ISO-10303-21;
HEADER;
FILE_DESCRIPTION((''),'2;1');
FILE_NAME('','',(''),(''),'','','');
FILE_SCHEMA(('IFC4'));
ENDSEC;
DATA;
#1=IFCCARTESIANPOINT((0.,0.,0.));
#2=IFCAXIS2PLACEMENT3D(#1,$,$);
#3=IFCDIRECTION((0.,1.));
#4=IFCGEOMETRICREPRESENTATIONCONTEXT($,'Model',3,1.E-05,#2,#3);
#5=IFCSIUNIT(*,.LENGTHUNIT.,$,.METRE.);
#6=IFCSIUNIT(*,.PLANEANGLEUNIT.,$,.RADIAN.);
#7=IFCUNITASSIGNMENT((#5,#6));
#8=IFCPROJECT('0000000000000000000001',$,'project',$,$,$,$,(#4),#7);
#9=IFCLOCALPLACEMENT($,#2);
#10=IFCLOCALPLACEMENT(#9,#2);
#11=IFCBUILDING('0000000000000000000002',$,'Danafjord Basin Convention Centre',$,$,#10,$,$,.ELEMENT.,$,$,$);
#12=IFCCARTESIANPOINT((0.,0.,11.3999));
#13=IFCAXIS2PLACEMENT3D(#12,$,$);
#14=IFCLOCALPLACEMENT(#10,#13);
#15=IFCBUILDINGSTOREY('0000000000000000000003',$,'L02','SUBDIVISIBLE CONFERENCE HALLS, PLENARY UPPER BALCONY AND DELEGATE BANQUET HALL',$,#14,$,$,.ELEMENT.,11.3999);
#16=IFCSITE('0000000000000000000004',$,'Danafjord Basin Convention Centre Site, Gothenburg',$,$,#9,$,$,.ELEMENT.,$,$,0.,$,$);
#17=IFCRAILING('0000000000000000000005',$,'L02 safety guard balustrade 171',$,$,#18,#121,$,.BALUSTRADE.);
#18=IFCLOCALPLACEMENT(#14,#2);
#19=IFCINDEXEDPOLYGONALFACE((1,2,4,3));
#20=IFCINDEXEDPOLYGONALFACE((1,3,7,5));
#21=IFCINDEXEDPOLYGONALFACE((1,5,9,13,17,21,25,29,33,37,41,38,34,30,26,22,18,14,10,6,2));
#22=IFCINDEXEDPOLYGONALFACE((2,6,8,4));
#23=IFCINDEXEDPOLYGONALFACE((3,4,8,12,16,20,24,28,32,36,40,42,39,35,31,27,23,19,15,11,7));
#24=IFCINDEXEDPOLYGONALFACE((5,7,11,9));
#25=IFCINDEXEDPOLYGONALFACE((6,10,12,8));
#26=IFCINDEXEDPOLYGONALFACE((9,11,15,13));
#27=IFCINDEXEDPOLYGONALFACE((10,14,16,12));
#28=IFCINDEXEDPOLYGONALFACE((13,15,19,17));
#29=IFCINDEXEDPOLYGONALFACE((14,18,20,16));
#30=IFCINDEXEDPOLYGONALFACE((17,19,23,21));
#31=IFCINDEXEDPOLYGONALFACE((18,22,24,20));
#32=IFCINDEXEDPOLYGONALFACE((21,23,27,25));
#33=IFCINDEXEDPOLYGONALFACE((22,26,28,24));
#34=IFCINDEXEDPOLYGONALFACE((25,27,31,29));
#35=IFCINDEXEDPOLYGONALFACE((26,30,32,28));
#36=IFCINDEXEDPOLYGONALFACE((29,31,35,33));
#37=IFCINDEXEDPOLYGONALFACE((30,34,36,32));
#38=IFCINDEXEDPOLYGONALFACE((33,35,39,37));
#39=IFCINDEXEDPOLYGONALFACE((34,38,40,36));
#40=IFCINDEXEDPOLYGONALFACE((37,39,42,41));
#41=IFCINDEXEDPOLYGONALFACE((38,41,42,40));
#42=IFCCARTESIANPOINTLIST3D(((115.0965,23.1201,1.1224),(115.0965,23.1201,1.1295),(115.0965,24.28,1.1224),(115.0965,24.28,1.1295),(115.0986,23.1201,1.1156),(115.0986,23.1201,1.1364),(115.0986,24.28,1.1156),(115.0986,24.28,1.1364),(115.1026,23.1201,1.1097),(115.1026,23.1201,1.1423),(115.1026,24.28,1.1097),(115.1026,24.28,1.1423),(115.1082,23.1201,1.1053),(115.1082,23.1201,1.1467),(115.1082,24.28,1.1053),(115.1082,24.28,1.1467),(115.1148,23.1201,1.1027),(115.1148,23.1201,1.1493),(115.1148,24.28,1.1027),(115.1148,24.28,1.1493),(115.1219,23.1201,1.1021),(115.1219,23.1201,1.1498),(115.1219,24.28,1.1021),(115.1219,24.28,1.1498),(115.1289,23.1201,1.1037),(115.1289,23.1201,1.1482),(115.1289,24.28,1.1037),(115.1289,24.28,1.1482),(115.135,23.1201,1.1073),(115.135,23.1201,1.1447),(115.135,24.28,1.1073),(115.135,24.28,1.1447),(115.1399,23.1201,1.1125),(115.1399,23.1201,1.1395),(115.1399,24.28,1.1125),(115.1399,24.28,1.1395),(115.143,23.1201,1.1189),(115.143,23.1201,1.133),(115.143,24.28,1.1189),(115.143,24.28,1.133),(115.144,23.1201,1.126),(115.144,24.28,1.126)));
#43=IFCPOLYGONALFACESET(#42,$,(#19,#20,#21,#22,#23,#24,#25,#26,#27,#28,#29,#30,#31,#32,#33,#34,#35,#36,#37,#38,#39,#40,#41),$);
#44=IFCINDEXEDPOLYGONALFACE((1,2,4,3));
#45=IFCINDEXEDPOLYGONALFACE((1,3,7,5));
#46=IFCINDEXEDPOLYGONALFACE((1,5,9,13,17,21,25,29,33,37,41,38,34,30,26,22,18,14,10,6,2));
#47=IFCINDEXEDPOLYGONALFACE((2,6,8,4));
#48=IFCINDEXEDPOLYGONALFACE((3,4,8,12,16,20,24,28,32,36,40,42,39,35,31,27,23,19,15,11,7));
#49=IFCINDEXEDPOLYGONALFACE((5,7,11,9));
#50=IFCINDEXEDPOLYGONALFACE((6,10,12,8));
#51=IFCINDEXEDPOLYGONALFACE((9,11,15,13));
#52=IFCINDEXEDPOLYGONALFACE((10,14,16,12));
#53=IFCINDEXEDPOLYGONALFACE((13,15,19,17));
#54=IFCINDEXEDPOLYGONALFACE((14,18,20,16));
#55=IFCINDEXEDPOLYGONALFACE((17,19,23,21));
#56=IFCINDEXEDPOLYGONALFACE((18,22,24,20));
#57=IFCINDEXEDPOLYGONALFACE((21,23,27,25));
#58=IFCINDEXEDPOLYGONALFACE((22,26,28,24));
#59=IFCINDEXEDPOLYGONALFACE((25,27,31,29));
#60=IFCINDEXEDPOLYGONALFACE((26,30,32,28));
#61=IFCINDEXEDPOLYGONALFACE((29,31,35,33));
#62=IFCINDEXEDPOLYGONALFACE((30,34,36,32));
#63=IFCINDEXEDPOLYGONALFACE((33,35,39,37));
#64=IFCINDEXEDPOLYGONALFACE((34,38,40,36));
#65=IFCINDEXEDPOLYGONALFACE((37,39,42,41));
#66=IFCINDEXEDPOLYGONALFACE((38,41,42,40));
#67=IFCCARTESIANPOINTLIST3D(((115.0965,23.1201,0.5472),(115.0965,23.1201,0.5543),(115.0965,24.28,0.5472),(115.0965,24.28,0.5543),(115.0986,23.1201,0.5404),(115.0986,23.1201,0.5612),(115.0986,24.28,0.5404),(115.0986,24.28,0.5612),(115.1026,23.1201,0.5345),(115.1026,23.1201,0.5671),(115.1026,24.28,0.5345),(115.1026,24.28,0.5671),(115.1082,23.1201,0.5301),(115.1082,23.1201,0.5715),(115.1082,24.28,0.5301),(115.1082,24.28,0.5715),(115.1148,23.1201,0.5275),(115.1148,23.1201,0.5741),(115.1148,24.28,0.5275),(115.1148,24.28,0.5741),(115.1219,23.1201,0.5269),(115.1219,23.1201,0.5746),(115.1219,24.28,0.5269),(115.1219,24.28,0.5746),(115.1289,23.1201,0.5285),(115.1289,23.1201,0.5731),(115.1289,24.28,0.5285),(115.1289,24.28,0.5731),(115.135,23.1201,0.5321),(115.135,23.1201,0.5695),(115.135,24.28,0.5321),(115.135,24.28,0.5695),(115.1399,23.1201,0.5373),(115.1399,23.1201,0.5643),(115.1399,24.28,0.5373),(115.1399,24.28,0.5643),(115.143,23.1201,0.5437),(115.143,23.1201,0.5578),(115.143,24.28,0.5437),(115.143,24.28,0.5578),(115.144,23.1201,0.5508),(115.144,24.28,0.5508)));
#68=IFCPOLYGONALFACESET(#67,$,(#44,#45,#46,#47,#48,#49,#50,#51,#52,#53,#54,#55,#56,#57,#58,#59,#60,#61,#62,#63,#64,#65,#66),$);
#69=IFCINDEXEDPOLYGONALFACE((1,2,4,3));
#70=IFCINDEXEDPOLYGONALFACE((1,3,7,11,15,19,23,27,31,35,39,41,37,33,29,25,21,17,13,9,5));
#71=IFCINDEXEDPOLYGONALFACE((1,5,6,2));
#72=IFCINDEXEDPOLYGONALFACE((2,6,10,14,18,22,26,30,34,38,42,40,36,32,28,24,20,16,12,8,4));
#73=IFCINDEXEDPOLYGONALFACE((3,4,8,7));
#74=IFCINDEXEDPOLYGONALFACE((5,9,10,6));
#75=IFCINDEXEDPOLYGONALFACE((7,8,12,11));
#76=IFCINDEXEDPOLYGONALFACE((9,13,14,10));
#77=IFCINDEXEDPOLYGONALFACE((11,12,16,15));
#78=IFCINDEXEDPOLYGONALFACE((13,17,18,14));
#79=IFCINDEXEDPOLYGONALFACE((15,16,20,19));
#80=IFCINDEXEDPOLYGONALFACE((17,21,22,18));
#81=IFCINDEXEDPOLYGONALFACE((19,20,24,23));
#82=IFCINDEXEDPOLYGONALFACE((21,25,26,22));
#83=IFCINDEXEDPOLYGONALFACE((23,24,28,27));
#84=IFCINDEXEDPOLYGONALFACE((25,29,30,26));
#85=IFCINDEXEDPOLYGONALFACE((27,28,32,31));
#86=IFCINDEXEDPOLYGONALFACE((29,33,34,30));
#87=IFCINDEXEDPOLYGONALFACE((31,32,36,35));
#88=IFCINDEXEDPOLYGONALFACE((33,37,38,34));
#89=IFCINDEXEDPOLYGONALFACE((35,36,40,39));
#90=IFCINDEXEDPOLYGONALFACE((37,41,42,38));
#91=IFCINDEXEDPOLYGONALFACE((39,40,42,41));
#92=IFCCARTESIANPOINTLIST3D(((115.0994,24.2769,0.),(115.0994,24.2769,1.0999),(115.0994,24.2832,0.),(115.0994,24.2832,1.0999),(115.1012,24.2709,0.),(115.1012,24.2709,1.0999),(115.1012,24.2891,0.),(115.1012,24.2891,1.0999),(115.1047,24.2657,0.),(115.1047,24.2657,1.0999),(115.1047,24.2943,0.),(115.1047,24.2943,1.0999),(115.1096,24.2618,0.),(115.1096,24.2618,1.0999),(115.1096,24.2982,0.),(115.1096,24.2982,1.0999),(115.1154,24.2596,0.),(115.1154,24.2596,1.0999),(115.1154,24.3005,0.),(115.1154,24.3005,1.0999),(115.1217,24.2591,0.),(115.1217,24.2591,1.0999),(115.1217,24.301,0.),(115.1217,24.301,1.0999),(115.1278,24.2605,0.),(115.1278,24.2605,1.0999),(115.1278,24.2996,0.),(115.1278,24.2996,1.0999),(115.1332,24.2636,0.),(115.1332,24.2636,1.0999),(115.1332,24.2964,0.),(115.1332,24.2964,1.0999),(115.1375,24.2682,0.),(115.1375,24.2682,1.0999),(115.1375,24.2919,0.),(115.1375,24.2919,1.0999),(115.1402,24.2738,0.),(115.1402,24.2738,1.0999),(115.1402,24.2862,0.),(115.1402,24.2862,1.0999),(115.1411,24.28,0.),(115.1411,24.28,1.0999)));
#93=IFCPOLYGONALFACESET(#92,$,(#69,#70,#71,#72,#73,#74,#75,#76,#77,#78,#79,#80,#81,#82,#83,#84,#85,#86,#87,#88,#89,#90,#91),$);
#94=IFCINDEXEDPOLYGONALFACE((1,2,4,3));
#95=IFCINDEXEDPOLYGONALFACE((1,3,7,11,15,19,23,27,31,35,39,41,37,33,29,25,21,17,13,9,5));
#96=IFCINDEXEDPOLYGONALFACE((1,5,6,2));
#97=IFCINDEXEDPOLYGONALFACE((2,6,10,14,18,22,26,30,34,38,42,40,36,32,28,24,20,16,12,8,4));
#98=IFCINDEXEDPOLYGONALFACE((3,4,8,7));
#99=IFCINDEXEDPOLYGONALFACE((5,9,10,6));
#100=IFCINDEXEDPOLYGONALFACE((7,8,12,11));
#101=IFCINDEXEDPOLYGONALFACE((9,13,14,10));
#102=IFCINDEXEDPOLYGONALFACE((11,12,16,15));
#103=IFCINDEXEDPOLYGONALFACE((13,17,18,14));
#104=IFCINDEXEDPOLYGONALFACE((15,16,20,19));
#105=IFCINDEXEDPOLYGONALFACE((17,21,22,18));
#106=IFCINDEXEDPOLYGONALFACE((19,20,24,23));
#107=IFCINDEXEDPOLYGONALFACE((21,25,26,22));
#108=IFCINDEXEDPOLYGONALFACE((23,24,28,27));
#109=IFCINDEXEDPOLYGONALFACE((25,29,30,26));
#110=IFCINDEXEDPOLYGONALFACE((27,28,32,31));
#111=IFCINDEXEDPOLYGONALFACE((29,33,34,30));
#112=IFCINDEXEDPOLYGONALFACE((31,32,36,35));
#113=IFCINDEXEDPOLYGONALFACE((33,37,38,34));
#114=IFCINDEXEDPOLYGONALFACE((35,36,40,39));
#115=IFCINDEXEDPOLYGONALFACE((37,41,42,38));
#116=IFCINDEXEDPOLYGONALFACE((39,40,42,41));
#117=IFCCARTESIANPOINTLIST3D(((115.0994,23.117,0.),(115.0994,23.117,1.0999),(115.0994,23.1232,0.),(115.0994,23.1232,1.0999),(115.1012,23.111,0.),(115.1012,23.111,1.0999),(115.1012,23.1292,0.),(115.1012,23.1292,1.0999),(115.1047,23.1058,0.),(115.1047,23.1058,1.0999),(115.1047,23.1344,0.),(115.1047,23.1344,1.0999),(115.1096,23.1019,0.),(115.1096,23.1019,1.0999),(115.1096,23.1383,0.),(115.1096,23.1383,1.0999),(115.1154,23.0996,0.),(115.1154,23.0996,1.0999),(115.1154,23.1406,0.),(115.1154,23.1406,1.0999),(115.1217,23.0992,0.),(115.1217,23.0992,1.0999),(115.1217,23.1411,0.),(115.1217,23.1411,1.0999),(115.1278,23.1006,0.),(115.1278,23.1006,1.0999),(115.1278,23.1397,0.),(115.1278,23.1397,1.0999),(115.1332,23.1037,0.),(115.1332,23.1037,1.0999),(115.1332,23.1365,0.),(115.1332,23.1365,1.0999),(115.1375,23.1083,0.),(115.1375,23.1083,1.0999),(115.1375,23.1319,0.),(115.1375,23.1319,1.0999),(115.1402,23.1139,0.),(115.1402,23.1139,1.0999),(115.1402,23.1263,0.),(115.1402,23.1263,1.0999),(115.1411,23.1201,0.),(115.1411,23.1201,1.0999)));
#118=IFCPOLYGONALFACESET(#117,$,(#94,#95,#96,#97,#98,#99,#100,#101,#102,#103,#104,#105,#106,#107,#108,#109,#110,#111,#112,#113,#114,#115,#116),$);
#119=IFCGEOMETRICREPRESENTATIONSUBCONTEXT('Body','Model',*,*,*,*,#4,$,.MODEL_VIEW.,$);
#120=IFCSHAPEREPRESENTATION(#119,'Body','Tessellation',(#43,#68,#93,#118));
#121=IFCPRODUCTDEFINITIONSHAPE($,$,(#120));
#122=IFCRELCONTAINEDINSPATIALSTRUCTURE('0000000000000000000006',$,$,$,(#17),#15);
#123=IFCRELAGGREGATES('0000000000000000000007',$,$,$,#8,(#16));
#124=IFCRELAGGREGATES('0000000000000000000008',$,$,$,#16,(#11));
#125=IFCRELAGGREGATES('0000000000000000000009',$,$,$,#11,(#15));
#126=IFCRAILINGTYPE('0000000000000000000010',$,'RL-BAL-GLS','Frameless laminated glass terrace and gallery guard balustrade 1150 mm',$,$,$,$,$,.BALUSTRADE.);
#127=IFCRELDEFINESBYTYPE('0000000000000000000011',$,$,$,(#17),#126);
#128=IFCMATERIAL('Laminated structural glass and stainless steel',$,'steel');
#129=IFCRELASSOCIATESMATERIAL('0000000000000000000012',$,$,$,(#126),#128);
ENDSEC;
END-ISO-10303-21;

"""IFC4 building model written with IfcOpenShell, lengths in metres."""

from ifc_helpers import new_model, si_unit, direction, frame, origin, origin_2d, place, context, subcontext, project, spatial, circle, extrude, material, type_object, element, save


model = new_model("IFC4")

# Units and contexts
model_context = context("Model", 3, precision=1e-05, world=origin(), true_north=direction((0.0, 1.0)))
body_context = subcontext(model_context, "Body", "Model", "MODEL_VIEW")
ifc_project = project(units=[si_unit("LENGTHUNIT", "METRE"), si_unit("PLANEANGLEUNIT", "RADIAN")], contexts=[model_context])

# Site, building, storey
site_placement = place(None, origin())
site = spatial("IfcSite", under=ifc_project, at=site_placement, Name="Danafjord Basin Convention Centre Site, Gothenburg", CompositionType="ELEMENT", RefElevation=0.0)
building_placement = place(site_placement, origin())
building = spatial("IfcBuilding", under=site, at=building_placement, Name="Danafjord Basin Convention Centre", CompositionType="ELEMENT")
storey_placement = place(building_placement, frame((0.0, 0.0, 11.3999)))
storey = spatial("IfcBuildingStorey", under=building, at=storey_placement, Name="L02", Description="SUBDIVISIBLE CONFERENCE HALLS, PLENARY UPPER BALCONY AND DELEGATE BANQUET HALL", CompositionType="ELEMENT", Elevation=11.3999)

# Railing
ifc_material_1 = material(Name="Laminated structural glass and stainless steel", Category="steel")
railing_type = type_object("IfcRailingType", Name="RL-BAL-GLS", Description="Frameless laminated glass terrace and gallery guard balustrade 1150 mm", PredefinedType="BALUSTRADE", material=ifc_material_1)
for number, where, name in (
    (1, (115.1201, 24.28, 0.0), "L02 safety guard balustrade 171"),
):
    element("IfcRailing", number, at=place(storey_placement, frame(where)), inside=storey, type_object=railing_type, Name=name, PredefinedType="BALUSTRADE", context=body_context, shape_type="SweptSolid", body=[
        extrude(circle(Radius=0.0239, at=origin_2d()), frame((0.0, 0.0, 1.126), z_axis=(0.0, -1.0, 0.0), x_axis=(1.0, 0.0, 0.0)), (0.0, 0.0, 1.0), 1.1599),
        extrude(circle(Radius=0.0239, at=origin_2d()), frame((0.0, 0.0, 0.5508), z_axis=(0.0, -1.0, 0.0), x_axis=(1.0, 0.0, 0.0)), (0.0, 0.0, 1.0), 1.1599),
        extrude(circle(Radius=0.021, at=origin_2d()), origin(), (0.0, 0.0, 1.0), 1.0999),
        extrude(circle(Radius=0.021, at=origin_2d()), frame((0.0, -1.1599, 0.0)), (0.0, 0.0, 1.0), 1.0999),
    ])

save(model, "model.ifc")
